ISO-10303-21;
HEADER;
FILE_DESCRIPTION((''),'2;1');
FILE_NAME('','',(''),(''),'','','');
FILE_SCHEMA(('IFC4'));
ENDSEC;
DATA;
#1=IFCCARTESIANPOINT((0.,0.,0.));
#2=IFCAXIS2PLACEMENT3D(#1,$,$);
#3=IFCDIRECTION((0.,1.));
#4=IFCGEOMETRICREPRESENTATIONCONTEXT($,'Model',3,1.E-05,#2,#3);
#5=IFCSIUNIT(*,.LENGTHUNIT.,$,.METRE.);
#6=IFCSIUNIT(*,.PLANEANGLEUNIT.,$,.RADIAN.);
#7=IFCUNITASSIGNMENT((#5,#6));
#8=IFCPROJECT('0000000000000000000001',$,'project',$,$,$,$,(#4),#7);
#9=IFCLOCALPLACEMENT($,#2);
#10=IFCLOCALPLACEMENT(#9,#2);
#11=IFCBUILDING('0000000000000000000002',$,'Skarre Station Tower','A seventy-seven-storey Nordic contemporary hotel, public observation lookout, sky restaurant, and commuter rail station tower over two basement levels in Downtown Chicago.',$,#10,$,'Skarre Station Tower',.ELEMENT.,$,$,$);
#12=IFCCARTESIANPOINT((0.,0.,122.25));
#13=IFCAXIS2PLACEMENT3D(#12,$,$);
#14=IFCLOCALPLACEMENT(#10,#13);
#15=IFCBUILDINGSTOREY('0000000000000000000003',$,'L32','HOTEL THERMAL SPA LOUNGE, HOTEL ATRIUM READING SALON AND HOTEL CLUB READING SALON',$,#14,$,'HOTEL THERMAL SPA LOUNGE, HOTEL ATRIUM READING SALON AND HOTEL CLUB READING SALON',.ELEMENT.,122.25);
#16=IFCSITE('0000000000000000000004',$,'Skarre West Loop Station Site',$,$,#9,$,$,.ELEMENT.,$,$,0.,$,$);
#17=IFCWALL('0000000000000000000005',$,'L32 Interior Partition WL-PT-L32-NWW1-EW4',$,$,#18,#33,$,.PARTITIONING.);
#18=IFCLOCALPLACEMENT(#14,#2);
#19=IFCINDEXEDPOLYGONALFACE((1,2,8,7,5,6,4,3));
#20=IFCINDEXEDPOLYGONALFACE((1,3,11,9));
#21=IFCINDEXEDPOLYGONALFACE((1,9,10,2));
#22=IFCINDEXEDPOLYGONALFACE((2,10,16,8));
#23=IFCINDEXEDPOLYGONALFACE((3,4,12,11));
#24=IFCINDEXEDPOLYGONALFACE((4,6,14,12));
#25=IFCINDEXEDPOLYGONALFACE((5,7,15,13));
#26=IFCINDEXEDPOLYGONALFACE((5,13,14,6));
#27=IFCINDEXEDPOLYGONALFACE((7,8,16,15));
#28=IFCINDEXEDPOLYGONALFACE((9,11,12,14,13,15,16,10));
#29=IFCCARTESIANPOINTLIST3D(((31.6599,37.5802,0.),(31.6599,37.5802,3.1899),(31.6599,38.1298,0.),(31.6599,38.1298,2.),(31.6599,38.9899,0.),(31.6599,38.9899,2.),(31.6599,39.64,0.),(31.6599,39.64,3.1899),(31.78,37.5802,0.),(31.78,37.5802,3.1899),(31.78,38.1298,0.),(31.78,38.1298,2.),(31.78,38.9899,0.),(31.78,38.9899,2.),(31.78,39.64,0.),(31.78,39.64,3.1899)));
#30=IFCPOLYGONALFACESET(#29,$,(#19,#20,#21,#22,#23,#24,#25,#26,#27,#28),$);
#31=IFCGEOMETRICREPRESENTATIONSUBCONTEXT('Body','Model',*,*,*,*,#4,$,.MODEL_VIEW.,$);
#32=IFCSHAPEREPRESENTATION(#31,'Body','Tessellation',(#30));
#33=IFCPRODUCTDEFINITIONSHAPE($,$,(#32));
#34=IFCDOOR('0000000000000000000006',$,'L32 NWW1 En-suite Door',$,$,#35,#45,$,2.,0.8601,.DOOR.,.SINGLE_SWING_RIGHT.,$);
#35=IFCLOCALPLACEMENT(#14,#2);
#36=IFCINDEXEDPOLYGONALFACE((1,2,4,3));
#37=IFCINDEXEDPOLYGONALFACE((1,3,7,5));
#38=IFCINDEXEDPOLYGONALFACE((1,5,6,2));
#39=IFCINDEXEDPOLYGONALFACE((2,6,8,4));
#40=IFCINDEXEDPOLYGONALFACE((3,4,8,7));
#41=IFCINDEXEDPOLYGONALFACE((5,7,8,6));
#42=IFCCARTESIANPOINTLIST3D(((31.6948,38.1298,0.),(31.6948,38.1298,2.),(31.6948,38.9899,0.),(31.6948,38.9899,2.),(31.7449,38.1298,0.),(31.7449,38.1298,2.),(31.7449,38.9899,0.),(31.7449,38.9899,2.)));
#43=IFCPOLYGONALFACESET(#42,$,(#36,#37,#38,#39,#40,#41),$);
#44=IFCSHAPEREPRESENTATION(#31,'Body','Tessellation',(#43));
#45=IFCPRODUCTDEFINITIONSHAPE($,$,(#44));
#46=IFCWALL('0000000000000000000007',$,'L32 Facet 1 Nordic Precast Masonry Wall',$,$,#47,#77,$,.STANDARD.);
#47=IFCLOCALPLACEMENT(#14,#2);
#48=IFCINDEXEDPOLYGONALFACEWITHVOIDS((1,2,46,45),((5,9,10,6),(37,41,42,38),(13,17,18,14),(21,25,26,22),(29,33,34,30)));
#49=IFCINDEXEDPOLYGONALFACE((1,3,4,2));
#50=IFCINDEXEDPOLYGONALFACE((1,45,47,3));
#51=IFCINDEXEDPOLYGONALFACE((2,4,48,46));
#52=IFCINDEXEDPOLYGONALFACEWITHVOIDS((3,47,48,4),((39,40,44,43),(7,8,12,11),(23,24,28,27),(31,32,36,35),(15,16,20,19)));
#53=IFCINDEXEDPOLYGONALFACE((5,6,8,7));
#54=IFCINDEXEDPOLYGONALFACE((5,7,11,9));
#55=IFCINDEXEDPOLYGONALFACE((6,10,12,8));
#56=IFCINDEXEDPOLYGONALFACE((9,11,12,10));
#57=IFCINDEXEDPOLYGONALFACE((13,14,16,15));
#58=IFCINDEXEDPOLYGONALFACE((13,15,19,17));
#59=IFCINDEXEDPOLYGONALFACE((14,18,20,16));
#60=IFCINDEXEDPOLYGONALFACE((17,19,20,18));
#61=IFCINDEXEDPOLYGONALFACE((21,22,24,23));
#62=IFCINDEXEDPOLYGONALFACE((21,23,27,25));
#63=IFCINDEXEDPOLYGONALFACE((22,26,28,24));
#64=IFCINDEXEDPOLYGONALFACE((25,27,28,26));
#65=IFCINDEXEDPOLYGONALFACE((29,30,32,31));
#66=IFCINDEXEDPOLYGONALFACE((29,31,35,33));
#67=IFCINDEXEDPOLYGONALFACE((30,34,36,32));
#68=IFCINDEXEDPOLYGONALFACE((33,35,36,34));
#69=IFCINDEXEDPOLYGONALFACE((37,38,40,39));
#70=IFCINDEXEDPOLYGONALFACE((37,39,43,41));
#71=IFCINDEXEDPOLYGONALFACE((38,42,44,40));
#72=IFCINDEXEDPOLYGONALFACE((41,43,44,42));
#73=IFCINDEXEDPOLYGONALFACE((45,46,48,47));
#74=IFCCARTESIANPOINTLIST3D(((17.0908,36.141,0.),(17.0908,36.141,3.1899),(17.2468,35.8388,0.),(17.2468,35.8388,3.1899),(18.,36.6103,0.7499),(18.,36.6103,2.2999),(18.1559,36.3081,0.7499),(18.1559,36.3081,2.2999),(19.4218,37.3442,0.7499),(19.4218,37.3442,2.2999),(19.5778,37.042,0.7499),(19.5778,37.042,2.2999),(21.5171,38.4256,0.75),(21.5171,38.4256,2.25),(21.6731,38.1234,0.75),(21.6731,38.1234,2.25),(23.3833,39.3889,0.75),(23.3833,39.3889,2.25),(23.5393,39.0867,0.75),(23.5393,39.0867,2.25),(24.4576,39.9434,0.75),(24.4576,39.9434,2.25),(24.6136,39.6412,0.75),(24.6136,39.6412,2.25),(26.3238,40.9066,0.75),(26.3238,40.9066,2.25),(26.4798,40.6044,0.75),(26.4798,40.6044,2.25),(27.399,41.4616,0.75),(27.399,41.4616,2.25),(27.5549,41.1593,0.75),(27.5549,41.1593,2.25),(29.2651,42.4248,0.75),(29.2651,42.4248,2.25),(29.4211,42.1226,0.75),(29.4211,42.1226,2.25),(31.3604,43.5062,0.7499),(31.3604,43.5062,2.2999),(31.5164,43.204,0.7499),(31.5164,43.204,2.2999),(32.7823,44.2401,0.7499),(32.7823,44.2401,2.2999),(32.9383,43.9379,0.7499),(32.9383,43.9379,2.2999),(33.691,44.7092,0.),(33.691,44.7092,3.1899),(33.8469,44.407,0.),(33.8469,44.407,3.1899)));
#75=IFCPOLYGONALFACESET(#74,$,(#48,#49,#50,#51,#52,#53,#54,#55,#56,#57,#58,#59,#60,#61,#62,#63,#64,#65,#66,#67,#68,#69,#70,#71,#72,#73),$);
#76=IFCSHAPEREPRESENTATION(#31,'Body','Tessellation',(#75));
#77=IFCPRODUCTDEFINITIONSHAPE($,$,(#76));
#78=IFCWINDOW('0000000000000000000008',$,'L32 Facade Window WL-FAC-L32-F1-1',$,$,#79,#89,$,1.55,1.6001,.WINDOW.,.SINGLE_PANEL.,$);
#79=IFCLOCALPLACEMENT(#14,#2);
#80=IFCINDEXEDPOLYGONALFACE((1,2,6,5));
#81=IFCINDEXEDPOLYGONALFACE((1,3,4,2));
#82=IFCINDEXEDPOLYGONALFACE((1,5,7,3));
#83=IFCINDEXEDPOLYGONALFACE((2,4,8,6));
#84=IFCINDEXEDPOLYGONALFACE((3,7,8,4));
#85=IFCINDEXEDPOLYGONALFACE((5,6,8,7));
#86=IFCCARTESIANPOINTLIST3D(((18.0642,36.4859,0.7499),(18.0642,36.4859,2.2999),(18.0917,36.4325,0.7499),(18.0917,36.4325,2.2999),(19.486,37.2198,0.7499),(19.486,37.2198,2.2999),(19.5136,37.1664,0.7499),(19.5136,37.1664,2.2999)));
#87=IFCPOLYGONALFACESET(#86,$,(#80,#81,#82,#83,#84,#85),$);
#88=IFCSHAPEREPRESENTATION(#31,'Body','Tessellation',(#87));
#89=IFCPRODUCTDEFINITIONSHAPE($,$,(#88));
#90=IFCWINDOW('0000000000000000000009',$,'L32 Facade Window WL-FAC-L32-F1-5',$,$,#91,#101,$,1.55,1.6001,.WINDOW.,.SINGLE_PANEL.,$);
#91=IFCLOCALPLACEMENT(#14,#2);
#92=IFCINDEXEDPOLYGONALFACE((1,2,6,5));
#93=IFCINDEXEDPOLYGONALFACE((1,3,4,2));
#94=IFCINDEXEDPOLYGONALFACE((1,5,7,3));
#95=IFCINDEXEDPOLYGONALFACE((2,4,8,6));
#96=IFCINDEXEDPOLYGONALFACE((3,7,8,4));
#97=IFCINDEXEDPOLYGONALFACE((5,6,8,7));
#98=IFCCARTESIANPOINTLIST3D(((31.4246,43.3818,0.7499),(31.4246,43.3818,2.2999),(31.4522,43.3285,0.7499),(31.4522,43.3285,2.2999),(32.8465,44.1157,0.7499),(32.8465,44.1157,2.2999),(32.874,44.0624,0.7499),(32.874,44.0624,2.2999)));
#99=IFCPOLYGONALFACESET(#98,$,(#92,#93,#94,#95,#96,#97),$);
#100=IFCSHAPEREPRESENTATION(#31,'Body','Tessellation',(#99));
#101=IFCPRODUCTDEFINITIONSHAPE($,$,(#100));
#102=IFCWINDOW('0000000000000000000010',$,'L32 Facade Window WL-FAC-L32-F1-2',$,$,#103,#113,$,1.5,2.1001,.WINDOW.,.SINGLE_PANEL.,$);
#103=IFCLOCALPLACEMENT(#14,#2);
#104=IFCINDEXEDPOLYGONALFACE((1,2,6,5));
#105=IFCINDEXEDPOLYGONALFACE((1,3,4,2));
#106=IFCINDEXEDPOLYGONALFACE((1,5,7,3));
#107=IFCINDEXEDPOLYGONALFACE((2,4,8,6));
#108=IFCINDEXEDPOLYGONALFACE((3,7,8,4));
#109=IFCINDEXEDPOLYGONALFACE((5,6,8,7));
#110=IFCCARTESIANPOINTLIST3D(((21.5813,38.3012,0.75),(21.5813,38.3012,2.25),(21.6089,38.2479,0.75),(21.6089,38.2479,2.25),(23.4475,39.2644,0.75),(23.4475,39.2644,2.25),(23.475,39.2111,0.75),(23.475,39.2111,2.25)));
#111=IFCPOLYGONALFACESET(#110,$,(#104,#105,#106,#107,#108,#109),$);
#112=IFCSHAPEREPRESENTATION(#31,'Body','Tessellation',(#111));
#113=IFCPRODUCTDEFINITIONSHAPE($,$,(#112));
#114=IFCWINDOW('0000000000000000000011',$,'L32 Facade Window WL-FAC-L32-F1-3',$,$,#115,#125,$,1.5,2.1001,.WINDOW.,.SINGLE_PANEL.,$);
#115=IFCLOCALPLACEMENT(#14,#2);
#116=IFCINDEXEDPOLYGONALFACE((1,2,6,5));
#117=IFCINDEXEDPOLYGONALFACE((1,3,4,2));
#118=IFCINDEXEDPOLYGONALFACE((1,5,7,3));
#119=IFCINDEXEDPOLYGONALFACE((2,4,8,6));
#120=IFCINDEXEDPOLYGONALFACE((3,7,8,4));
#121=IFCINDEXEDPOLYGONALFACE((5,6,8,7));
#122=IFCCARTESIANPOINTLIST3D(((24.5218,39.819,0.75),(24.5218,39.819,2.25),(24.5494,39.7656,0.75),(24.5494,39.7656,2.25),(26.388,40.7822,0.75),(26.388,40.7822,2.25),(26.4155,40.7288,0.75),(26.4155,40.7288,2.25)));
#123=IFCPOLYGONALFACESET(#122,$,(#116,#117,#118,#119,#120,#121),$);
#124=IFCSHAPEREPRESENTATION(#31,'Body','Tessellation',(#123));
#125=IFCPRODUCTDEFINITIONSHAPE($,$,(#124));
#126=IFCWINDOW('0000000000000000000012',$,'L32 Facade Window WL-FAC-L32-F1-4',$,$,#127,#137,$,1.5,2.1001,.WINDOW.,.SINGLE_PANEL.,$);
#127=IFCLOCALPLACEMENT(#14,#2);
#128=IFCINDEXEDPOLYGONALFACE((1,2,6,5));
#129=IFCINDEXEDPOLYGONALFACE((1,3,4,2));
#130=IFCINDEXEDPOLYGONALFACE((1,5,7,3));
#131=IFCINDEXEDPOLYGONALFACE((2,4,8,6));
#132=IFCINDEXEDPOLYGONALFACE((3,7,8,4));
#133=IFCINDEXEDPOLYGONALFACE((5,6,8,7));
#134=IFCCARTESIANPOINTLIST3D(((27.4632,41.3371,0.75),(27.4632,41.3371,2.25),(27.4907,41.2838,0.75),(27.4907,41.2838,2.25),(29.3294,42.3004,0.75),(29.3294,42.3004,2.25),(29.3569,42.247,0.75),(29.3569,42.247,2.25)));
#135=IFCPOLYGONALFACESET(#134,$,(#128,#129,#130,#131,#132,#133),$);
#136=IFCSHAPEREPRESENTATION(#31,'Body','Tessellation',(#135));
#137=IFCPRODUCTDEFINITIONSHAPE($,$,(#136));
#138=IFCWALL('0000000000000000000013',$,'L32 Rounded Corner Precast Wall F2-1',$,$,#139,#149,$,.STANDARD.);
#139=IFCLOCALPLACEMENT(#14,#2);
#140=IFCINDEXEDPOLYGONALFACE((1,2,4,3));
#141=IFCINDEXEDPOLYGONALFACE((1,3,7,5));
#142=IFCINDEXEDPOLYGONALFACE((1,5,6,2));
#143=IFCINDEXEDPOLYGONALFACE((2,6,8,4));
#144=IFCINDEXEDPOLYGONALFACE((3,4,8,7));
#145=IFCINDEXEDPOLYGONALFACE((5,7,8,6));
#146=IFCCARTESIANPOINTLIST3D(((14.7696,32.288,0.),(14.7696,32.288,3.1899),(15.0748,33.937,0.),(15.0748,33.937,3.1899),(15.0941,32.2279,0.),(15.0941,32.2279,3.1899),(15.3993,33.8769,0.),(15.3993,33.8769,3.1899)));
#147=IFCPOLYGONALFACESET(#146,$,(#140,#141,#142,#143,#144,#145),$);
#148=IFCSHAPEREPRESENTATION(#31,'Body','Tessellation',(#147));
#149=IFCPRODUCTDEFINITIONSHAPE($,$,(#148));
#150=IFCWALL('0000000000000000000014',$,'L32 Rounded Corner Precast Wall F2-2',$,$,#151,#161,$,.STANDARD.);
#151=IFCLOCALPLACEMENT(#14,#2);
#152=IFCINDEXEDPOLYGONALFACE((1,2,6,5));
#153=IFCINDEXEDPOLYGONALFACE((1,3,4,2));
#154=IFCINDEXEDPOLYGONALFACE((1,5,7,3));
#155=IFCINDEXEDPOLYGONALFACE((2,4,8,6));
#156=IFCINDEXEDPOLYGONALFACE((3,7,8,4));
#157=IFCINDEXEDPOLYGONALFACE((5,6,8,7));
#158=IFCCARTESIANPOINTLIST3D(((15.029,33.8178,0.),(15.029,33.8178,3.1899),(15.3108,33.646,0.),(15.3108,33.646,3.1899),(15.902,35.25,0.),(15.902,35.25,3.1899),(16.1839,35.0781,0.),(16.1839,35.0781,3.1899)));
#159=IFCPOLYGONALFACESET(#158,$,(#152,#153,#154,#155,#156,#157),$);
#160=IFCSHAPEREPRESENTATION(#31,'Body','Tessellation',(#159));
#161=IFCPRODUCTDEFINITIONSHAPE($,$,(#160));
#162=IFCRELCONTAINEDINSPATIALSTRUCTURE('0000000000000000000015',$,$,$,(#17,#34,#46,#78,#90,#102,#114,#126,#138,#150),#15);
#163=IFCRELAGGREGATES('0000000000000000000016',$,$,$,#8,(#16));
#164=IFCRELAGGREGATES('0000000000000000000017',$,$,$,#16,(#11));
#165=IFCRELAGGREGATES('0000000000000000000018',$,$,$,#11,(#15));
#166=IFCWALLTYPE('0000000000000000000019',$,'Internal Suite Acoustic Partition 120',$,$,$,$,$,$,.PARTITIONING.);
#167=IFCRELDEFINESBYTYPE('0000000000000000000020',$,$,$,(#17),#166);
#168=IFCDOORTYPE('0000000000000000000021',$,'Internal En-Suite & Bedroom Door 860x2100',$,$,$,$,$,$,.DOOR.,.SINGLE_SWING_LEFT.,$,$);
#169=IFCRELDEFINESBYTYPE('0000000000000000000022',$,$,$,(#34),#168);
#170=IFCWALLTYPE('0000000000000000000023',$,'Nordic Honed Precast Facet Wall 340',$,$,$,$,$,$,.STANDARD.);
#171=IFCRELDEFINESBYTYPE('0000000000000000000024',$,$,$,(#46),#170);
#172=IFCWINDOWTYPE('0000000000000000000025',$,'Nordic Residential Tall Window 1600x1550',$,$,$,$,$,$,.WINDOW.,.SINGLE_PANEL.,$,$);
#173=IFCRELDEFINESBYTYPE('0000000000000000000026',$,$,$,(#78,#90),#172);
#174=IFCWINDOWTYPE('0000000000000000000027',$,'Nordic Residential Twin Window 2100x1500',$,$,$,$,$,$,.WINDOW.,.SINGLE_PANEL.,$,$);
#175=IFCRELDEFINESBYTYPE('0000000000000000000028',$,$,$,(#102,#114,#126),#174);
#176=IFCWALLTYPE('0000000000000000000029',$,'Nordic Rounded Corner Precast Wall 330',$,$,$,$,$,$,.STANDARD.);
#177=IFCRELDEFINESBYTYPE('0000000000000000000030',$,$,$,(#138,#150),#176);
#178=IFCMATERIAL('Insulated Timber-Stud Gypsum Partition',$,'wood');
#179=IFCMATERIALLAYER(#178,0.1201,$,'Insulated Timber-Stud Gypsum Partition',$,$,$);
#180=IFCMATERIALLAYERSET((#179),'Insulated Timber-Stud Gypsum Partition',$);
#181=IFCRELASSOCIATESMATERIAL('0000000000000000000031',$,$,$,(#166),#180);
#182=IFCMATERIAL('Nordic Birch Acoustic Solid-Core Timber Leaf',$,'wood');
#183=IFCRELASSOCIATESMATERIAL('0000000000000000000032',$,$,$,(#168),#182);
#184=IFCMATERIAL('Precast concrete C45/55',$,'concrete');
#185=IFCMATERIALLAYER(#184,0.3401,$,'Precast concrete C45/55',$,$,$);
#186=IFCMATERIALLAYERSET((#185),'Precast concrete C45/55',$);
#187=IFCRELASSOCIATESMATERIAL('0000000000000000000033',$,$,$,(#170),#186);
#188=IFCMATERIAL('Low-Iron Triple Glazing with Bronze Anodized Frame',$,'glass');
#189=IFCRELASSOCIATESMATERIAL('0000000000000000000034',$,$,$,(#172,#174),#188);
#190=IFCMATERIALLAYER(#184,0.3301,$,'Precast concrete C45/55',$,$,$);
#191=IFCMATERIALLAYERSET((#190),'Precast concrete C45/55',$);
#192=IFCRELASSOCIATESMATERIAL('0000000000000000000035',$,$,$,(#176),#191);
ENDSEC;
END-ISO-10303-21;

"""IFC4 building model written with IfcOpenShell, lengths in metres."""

from ifc_helpers import new_model, si_unit, direction, frame, frame_2d, origin, place, context, subcontext, project, spatial, rectangle, extrude, material, layer, layer_set, type_object, element, fill, save


model = new_model("IFC4")

# Units and contexts
model_context = context("Model", 3, precision=1e-05, world=origin(), true_north=direction((0.0, 1.0)))
body_context = subcontext(model_context, "Body", "Model", "MODEL_VIEW")
ifc_project = project(units=[si_unit("LENGTHUNIT", "METRE"), si_unit("PLANEANGLEUNIT", "RADIAN")], contexts=[model_context])

# Site, building, storey
site_placement = place(None, origin())
site = spatial("IfcSite", under=ifc_project, at=site_placement, Name="Skarre West Loop Station Site", CompositionType="ELEMENT", RefElevation=0.0)
building_placement = place(site_placement, origin())
building = spatial("IfcBuilding", under=site, at=building_placement, Name="Skarre Station Tower", Description="A seventy-seven-storey Nordic contemporary hotel, public observation lookout, sky restaurant, and commuter rail station tower over two basement levels in Downtown Chicago.", LongName="Skarre Station Tower", CompositionType="ELEMENT")
storey_placement = place(building_placement, frame((0.0, 0.0, 122.25)))
storey = spatial("IfcBuildingStorey", under=building, at=storey_placement, Name="L32", Description="HOTEL THERMAL SPA LOUNGE, HOTEL ATRIUM READING SALON AND HOTEL CLUB READING SALON", LongName="HOTEL THERMAL SPA LOUNGE, HOTEL ATRIUM READING SALON AND HOTEL CLUB READING SALON", CompositionType="ELEMENT", Elevation=122.25)

# Wall, opening, door
ifc_material_1 = material(Name="Insulated Timber-Stud Gypsum Partition", Category="wood")
ifc_layer_1 = layer(ifc_material_1, 0.1201, Name="Insulated Timber-Stud Gypsum Partition")
ifc_layer_set_1 = layer_set([ifc_layer_1], Name="Insulated Timber-Stud Gypsum Partition")
wall_type_1 = type_object("IfcWallType", Name="Internal Suite Acoustic Partition 120", PredefinedType="PARTITIONING", material=ifc_layer_set_1)
wall_1_placement = place(storey_placement, frame((31.72, 39.6399, 0.0), z_axis=(0.0, 0.0, 1.0), x_axis=(0.0, -1.0, 0.0)))
wall_1 = element("IfcWall", 1, at=wall_1_placement, inside=storey, type_object=wall_type_1, Name="L32 Interior Partition WL-PT-L32-NWW1-EW4", PredefinedType="PARTITIONING", context=body_context, shape_type="SweptSolid", body=[
    extrude(rectangle(XDim=2.0598, YDim=0.1201, at=frame_2d((1.0298, 0.0))), origin(), (0.0, 0.0, 1.0), 3.1899),
])
opening_1_placement = place(wall_1_placement, frame((0.6499, 0.0, 0.0)))
opening_1 = element("IfcOpeningElement", 2, at=opening_1_placement, cuts=wall_1, PredefinedType="OPENING", context=body_context, shape_type="SweptSolid", body=[
    extrude(rectangle(XDim=0.8601, YDim=2.0, at=frame_2d((0.4302, 1.0))), frame((0.0, 0.0701, 0.0), z_axis=(0.0, -1.0, 0.0), x_axis=(1.0, 0.0, 0.0)), (0.0, 0.0, 1.0), 0.1401),
])
ifc_material_2 = material(Name="Nordic Birch Acoustic Solid-Core Timber Leaf", Category="wood")
door_type = type_object("IfcDoorType", Name="Internal En-Suite & Bedroom Door 860x2100", OperationType="SINGLE_SWING_LEFT", PredefinedType="DOOR", material=ifc_material_2)
door_placement = place(opening_1_placement, origin())
door = element("IfcDoor", 3, at=door_placement, inside=storey, type_object=door_type, Name="L32 NWW1 En-suite Door", OperationType="SINGLE_SWING_RIGHT", OverallHeight=2.0, OverallWidth=0.8601, PredefinedType="DOOR", context=body_context, shape_type="SweptSolid", body=[
    extrude(rectangle(XDim=0.8601, YDim=2.0, at=frame_2d((0.4302, 1.0))), frame((0.0, 0.0249, 0.0), z_axis=(0.0, -1.0, 0.0), x_axis=(1.0, 0.0, 0.0)), (0.0, 0.0, 1.0), 0.05),
])
fill(opening_1, door)

# Wall, openings, windows
ifc_material_3 = material(Name="Precast concrete C45/55", Category="concrete")
ifc_layer_2 = layer(ifc_material_3, 0.3401, Name="Precast concrete C45/55")
ifc_layer_set_2 = layer_set([ifc_layer_2], Name="Precast concrete C45/55")
wall_type_2 = type_object("IfcWallType", Name="Nordic Honed Precast Facet Wall 340", PredefinedType="STANDARD", material=ifc_layer_set_2)
wall_2_placement = place(storey_placement, frame((17.1689, 35.99, 0.0), z_axis=(0.0, 0.0, 1.0), x_axis=(0.888614, 0.458657, 0.0)))
wall_2 = element("IfcWall", 4, at=wall_2_placement, inside=storey, type_object=wall_type_2, Name="L32 Facet 1 Nordic Precast Masonry Wall", PredefinedType="STANDARD", context=body_context, shape_type="SweptSolid", body=[
    extrude(rectangle(XDim=18.6809, YDim=0.3401, at=frame_2d((9.3403, 0.0))), origin(), (0.0, 0.0, 1.0), 3.1899),
])
opening_2_placement = place(wall_2_placement, frame((1.0229, 0.0, 0.75)))
opening_2 = element("IfcOpeningElement", 5, at=opening_2_placement, cuts=wall_2, PredefinedType="OPENING", context=body_context, shape_type="SweptSolid", body=[
    extrude(rectangle(XDim=1.6001, YDim=1.55, at=frame_2d((0.8, 0.7749))), frame((0.0, 0.1799, 0.0), z_axis=(0.0, -1.0, 0.0), x_axis=(1.0, 0.0, 0.0)), (0.0, 0.0, 1.0), 0.3601),
])
opening_3_placement = place(wall_2_placement, frame((4.981, 0.0, 0.75)))
opening_3 = element("IfcOpeningElement", 6, at=opening_3_placement, cuts=wall_2, PredefinedType="OPENING", context=body_context, shape_type="SweptSolid", body=[
    extrude(rectangle(XDim=2.1001, YDim=1.5, at=frame_2d((1.05, 0.75))), frame((0.0, 0.1799, 0.0), z_axis=(0.0, -1.0, 0.0), x_axis=(1.0, 0.0, 0.0)), (0.0, 0.0, 1.0), 0.3601),
])
opening_4_placement = place(wall_2_placement, frame((8.29, 0.0, 0.75)))
opening_4 = element("IfcOpeningElement", 7, at=opening_4_placement, cuts=wall_2, PredefinedType="OPENING", context=body_context, shape_type="SweptSolid", body=[
    extrude(rectangle(XDim=2.1001, YDim=1.5, at=frame_2d((1.05, 0.75))), frame((0.0, 0.1799, 0.0), z_axis=(0.0, -1.0, 0.0), x_axis=(1.0, 0.0, 0.0)), (0.0, 0.0, 1.0), 0.3601),
])
opening_5_placement = place(wall_2_placement, frame((11.6001, 0.0, 0.75)))
opening_5 = element("IfcOpeningElement", 8, at=opening_5_placement, cuts=wall_2, PredefinedType="OPENING", context=body_context, shape_type="SweptSolid", body=[
    extrude(rectangle(XDim=2.1001, YDim=1.5, at=frame_2d((1.05, 0.75))), frame((0.0, 0.1799, 0.0), z_axis=(0.0, -1.0, 0.0), x_axis=(1.0, 0.0, 0.0)), (0.0, 0.0, 1.0), 0.3601),
])
opening_6_placement = place(wall_2_placement, frame((16.0581, 0.0, 0.75)))
opening_6 = element("IfcOpeningElement", 9, at=opening_6_placement, cuts=wall_2, PredefinedType="OPENING", context=body_context, shape_type="SweptSolid", body=[
    extrude(rectangle(XDim=1.6001, YDim=1.55, at=frame_2d((0.8, 0.7749))), frame((0.0, 0.1799, 0.0), z_axis=(0.0, -1.0, 0.0), x_axis=(1.0, 0.0, 0.0)), (0.0, 0.0, 1.0), 0.3601),
])
ifc_material_4 = material(Name="Low-Iron Triple Glazing with Bronze Anodized Frame", Category="glass")
window_type_1 = type_object("IfcWindowType", Name="Nordic Residential Tall Window 1600x1550", PartitioningType="SINGLE_PANEL", PredefinedType="WINDOW", material=ifc_material_4)
window_1_placement = place(opening_2_placement, origin())
window_1 = element("IfcWindow", 10, at=window_1_placement, inside=storey, type_object=window_type_1, Name="L32 Facade Window WL-FAC-L32-F1-1", OverallHeight=1.55, OverallWidth=1.6001, PartitioningType="SINGLE_PANEL", PredefinedType="WINDOW", context=body_context, shape_type="SweptSolid", body=[
    extrude(rectangle(XDim=1.6001, YDim=1.55, at=frame_2d((0.8, 0.7749))), frame((0.0, 0.03, 0.0), z_axis=(0.0, -1.0, 0.0), x_axis=(1.0, 0.0, 0.0)), (0.0, 0.0, 1.0), 0.0601),
])
fill(opening_2, window_1)
window_2_placement = place(opening_6_placement, origin())
window_2 = element("IfcWindow", 11, at=window_2_placement, inside=storey, type_object=window_type_1, Name="L32 Facade Window WL-FAC-L32-F1-5", OverallHeight=1.55, OverallWidth=1.6001, PartitioningType="SINGLE_PANEL", PredefinedType="WINDOW", context=body_context, shape_type="SweptSolid", body=[
    extrude(rectangle(XDim=1.6001, YDim=1.55, at=frame_2d((0.8, 0.7749))), frame((0.0, 0.03, 0.0), z_axis=(0.0, -1.0, 0.0), x_axis=(1.0, 0.0, 0.0)), (0.0, 0.0, 1.0), 0.0601),
])
fill(opening_6, window_2)
window_type_2 = type_object("IfcWindowType", Name="Nordic Residential Twin Window 2100x1500", PartitioningType="SINGLE_PANEL", PredefinedType="WINDOW", material=ifc_material_4)
window_3_placement = place(opening_3_placement, origin())
window_3 = element("IfcWindow", 12, at=window_3_placement, inside=storey, type_object=window_type_2, Name="L32 Facade Window WL-FAC-L32-F1-2", OverallHeight=1.5, OverallWidth=2.1001, PartitioningType="SINGLE_PANEL", PredefinedType="WINDOW", context=body_context, shape_type="SweptSolid", body=[
    extrude(rectangle(XDim=2.1001, YDim=1.5, at=frame_2d((1.05, 0.75))), frame((0.0, 0.03, 0.0), z_axis=(0.0, -1.0, 0.0), x_axis=(1.0, 0.0, 0.0)), (0.0, 0.0, 1.0), 0.0601),
])
fill(opening_3, window_3)
window_4_placement = place(opening_4_placement, origin())
window_4 = element("IfcWindow", 13, at=window_4_placement, inside=storey, type_object=window_type_2, Name="L32 Facade Window WL-FAC-L32-F1-3", OverallHeight=1.5, OverallWidth=2.1001, PartitioningType="SINGLE_PANEL", PredefinedType="WINDOW", context=body_context, shape_type="SweptSolid", body=[
    extrude(rectangle(XDim=2.1001, YDim=1.5, at=frame_2d((1.05, 0.75))), frame((0.0, 0.03, 0.0), z_axis=(0.0, -1.0, 0.0), x_axis=(1.0, 0.0, 0.0)), (0.0, 0.0, 1.0), 0.0601),
])
fill(opening_4, window_4)
window_5_placement = place(opening_5_placement, origin())
window_5 = element("IfcWindow", 14, at=window_5_placement, inside=storey, type_object=window_type_2, Name="L32 Facade Window WL-FAC-L32-F1-4", OverallHeight=1.5, OverallWidth=2.1001, PartitioningType="SINGLE_PANEL", PredefinedType="WINDOW", context=body_context, shape_type="SweptSolid", body=[
    extrude(rectangle(XDim=2.1001, YDim=1.5, at=frame_2d((1.05, 0.75))), frame((0.0, 0.03, 0.0), z_axis=(0.0, -1.0, 0.0), x_axis=(1.0, 0.0, 0.0)), (0.0, 0.0, 1.0), 0.0601),
])
fill(opening_5, window_5)

# Walls
ifc_layer_3 = layer(ifc_material_3, 0.3301, Name="Precast concrete C45/55")
ifc_layer_set_3 = layer_set([ifc_layer_3], Name="Precast concrete C45/55")
wall_type_3 = type_object("IfcWallType", Name="Nordic Rounded Corner Precast Wall 330", PredefinedType="STANDARD", material=ifc_layer_set_3)
wall_3_placement = place(storey_placement, frame((14.9319, 32.2581, 0.0), z_axis=(0.0, 0.0, 1.0), x_axis=(0.181985, 0.983301, 0.0)))
element("IfcWall", 15, at=wall_3_placement, inside=storey, type_object=wall_type_3, Name="L32 Rounded Corner Precast Wall F2-1", PredefinedType="STANDARD", context=body_context, shape_type="SweptSolid", body=[
    extrude(rectangle(XDim=1.677, YDim=0.3301, at=frame_2d((0.8384, 0.0))), origin(), (0.0, 0.0, 1.0), 3.1899),
])
wall_4_placement = place(storey_placement, frame((15.1699, 33.7319, 0.0), z_axis=(0.0, 0.0, 1.0), x_axis=(0.520519, 0.85385, 0.0)))
element("IfcWall", 16, at=wall_4_placement, inside=storey, type_object=wall_type_3, Name="L32 Rounded Corner Precast Wall F2-2", PredefinedType="STANDARD", context=body_context, shape_type="SweptSolid", body=[
    extrude(rectangle(XDim=1.6772, YDim=0.3301, at=frame_2d((0.8386, 0.0))), origin(), (0.0, 0.0, 1.0), 3.1899),
])

save(model, "model.ifc")
